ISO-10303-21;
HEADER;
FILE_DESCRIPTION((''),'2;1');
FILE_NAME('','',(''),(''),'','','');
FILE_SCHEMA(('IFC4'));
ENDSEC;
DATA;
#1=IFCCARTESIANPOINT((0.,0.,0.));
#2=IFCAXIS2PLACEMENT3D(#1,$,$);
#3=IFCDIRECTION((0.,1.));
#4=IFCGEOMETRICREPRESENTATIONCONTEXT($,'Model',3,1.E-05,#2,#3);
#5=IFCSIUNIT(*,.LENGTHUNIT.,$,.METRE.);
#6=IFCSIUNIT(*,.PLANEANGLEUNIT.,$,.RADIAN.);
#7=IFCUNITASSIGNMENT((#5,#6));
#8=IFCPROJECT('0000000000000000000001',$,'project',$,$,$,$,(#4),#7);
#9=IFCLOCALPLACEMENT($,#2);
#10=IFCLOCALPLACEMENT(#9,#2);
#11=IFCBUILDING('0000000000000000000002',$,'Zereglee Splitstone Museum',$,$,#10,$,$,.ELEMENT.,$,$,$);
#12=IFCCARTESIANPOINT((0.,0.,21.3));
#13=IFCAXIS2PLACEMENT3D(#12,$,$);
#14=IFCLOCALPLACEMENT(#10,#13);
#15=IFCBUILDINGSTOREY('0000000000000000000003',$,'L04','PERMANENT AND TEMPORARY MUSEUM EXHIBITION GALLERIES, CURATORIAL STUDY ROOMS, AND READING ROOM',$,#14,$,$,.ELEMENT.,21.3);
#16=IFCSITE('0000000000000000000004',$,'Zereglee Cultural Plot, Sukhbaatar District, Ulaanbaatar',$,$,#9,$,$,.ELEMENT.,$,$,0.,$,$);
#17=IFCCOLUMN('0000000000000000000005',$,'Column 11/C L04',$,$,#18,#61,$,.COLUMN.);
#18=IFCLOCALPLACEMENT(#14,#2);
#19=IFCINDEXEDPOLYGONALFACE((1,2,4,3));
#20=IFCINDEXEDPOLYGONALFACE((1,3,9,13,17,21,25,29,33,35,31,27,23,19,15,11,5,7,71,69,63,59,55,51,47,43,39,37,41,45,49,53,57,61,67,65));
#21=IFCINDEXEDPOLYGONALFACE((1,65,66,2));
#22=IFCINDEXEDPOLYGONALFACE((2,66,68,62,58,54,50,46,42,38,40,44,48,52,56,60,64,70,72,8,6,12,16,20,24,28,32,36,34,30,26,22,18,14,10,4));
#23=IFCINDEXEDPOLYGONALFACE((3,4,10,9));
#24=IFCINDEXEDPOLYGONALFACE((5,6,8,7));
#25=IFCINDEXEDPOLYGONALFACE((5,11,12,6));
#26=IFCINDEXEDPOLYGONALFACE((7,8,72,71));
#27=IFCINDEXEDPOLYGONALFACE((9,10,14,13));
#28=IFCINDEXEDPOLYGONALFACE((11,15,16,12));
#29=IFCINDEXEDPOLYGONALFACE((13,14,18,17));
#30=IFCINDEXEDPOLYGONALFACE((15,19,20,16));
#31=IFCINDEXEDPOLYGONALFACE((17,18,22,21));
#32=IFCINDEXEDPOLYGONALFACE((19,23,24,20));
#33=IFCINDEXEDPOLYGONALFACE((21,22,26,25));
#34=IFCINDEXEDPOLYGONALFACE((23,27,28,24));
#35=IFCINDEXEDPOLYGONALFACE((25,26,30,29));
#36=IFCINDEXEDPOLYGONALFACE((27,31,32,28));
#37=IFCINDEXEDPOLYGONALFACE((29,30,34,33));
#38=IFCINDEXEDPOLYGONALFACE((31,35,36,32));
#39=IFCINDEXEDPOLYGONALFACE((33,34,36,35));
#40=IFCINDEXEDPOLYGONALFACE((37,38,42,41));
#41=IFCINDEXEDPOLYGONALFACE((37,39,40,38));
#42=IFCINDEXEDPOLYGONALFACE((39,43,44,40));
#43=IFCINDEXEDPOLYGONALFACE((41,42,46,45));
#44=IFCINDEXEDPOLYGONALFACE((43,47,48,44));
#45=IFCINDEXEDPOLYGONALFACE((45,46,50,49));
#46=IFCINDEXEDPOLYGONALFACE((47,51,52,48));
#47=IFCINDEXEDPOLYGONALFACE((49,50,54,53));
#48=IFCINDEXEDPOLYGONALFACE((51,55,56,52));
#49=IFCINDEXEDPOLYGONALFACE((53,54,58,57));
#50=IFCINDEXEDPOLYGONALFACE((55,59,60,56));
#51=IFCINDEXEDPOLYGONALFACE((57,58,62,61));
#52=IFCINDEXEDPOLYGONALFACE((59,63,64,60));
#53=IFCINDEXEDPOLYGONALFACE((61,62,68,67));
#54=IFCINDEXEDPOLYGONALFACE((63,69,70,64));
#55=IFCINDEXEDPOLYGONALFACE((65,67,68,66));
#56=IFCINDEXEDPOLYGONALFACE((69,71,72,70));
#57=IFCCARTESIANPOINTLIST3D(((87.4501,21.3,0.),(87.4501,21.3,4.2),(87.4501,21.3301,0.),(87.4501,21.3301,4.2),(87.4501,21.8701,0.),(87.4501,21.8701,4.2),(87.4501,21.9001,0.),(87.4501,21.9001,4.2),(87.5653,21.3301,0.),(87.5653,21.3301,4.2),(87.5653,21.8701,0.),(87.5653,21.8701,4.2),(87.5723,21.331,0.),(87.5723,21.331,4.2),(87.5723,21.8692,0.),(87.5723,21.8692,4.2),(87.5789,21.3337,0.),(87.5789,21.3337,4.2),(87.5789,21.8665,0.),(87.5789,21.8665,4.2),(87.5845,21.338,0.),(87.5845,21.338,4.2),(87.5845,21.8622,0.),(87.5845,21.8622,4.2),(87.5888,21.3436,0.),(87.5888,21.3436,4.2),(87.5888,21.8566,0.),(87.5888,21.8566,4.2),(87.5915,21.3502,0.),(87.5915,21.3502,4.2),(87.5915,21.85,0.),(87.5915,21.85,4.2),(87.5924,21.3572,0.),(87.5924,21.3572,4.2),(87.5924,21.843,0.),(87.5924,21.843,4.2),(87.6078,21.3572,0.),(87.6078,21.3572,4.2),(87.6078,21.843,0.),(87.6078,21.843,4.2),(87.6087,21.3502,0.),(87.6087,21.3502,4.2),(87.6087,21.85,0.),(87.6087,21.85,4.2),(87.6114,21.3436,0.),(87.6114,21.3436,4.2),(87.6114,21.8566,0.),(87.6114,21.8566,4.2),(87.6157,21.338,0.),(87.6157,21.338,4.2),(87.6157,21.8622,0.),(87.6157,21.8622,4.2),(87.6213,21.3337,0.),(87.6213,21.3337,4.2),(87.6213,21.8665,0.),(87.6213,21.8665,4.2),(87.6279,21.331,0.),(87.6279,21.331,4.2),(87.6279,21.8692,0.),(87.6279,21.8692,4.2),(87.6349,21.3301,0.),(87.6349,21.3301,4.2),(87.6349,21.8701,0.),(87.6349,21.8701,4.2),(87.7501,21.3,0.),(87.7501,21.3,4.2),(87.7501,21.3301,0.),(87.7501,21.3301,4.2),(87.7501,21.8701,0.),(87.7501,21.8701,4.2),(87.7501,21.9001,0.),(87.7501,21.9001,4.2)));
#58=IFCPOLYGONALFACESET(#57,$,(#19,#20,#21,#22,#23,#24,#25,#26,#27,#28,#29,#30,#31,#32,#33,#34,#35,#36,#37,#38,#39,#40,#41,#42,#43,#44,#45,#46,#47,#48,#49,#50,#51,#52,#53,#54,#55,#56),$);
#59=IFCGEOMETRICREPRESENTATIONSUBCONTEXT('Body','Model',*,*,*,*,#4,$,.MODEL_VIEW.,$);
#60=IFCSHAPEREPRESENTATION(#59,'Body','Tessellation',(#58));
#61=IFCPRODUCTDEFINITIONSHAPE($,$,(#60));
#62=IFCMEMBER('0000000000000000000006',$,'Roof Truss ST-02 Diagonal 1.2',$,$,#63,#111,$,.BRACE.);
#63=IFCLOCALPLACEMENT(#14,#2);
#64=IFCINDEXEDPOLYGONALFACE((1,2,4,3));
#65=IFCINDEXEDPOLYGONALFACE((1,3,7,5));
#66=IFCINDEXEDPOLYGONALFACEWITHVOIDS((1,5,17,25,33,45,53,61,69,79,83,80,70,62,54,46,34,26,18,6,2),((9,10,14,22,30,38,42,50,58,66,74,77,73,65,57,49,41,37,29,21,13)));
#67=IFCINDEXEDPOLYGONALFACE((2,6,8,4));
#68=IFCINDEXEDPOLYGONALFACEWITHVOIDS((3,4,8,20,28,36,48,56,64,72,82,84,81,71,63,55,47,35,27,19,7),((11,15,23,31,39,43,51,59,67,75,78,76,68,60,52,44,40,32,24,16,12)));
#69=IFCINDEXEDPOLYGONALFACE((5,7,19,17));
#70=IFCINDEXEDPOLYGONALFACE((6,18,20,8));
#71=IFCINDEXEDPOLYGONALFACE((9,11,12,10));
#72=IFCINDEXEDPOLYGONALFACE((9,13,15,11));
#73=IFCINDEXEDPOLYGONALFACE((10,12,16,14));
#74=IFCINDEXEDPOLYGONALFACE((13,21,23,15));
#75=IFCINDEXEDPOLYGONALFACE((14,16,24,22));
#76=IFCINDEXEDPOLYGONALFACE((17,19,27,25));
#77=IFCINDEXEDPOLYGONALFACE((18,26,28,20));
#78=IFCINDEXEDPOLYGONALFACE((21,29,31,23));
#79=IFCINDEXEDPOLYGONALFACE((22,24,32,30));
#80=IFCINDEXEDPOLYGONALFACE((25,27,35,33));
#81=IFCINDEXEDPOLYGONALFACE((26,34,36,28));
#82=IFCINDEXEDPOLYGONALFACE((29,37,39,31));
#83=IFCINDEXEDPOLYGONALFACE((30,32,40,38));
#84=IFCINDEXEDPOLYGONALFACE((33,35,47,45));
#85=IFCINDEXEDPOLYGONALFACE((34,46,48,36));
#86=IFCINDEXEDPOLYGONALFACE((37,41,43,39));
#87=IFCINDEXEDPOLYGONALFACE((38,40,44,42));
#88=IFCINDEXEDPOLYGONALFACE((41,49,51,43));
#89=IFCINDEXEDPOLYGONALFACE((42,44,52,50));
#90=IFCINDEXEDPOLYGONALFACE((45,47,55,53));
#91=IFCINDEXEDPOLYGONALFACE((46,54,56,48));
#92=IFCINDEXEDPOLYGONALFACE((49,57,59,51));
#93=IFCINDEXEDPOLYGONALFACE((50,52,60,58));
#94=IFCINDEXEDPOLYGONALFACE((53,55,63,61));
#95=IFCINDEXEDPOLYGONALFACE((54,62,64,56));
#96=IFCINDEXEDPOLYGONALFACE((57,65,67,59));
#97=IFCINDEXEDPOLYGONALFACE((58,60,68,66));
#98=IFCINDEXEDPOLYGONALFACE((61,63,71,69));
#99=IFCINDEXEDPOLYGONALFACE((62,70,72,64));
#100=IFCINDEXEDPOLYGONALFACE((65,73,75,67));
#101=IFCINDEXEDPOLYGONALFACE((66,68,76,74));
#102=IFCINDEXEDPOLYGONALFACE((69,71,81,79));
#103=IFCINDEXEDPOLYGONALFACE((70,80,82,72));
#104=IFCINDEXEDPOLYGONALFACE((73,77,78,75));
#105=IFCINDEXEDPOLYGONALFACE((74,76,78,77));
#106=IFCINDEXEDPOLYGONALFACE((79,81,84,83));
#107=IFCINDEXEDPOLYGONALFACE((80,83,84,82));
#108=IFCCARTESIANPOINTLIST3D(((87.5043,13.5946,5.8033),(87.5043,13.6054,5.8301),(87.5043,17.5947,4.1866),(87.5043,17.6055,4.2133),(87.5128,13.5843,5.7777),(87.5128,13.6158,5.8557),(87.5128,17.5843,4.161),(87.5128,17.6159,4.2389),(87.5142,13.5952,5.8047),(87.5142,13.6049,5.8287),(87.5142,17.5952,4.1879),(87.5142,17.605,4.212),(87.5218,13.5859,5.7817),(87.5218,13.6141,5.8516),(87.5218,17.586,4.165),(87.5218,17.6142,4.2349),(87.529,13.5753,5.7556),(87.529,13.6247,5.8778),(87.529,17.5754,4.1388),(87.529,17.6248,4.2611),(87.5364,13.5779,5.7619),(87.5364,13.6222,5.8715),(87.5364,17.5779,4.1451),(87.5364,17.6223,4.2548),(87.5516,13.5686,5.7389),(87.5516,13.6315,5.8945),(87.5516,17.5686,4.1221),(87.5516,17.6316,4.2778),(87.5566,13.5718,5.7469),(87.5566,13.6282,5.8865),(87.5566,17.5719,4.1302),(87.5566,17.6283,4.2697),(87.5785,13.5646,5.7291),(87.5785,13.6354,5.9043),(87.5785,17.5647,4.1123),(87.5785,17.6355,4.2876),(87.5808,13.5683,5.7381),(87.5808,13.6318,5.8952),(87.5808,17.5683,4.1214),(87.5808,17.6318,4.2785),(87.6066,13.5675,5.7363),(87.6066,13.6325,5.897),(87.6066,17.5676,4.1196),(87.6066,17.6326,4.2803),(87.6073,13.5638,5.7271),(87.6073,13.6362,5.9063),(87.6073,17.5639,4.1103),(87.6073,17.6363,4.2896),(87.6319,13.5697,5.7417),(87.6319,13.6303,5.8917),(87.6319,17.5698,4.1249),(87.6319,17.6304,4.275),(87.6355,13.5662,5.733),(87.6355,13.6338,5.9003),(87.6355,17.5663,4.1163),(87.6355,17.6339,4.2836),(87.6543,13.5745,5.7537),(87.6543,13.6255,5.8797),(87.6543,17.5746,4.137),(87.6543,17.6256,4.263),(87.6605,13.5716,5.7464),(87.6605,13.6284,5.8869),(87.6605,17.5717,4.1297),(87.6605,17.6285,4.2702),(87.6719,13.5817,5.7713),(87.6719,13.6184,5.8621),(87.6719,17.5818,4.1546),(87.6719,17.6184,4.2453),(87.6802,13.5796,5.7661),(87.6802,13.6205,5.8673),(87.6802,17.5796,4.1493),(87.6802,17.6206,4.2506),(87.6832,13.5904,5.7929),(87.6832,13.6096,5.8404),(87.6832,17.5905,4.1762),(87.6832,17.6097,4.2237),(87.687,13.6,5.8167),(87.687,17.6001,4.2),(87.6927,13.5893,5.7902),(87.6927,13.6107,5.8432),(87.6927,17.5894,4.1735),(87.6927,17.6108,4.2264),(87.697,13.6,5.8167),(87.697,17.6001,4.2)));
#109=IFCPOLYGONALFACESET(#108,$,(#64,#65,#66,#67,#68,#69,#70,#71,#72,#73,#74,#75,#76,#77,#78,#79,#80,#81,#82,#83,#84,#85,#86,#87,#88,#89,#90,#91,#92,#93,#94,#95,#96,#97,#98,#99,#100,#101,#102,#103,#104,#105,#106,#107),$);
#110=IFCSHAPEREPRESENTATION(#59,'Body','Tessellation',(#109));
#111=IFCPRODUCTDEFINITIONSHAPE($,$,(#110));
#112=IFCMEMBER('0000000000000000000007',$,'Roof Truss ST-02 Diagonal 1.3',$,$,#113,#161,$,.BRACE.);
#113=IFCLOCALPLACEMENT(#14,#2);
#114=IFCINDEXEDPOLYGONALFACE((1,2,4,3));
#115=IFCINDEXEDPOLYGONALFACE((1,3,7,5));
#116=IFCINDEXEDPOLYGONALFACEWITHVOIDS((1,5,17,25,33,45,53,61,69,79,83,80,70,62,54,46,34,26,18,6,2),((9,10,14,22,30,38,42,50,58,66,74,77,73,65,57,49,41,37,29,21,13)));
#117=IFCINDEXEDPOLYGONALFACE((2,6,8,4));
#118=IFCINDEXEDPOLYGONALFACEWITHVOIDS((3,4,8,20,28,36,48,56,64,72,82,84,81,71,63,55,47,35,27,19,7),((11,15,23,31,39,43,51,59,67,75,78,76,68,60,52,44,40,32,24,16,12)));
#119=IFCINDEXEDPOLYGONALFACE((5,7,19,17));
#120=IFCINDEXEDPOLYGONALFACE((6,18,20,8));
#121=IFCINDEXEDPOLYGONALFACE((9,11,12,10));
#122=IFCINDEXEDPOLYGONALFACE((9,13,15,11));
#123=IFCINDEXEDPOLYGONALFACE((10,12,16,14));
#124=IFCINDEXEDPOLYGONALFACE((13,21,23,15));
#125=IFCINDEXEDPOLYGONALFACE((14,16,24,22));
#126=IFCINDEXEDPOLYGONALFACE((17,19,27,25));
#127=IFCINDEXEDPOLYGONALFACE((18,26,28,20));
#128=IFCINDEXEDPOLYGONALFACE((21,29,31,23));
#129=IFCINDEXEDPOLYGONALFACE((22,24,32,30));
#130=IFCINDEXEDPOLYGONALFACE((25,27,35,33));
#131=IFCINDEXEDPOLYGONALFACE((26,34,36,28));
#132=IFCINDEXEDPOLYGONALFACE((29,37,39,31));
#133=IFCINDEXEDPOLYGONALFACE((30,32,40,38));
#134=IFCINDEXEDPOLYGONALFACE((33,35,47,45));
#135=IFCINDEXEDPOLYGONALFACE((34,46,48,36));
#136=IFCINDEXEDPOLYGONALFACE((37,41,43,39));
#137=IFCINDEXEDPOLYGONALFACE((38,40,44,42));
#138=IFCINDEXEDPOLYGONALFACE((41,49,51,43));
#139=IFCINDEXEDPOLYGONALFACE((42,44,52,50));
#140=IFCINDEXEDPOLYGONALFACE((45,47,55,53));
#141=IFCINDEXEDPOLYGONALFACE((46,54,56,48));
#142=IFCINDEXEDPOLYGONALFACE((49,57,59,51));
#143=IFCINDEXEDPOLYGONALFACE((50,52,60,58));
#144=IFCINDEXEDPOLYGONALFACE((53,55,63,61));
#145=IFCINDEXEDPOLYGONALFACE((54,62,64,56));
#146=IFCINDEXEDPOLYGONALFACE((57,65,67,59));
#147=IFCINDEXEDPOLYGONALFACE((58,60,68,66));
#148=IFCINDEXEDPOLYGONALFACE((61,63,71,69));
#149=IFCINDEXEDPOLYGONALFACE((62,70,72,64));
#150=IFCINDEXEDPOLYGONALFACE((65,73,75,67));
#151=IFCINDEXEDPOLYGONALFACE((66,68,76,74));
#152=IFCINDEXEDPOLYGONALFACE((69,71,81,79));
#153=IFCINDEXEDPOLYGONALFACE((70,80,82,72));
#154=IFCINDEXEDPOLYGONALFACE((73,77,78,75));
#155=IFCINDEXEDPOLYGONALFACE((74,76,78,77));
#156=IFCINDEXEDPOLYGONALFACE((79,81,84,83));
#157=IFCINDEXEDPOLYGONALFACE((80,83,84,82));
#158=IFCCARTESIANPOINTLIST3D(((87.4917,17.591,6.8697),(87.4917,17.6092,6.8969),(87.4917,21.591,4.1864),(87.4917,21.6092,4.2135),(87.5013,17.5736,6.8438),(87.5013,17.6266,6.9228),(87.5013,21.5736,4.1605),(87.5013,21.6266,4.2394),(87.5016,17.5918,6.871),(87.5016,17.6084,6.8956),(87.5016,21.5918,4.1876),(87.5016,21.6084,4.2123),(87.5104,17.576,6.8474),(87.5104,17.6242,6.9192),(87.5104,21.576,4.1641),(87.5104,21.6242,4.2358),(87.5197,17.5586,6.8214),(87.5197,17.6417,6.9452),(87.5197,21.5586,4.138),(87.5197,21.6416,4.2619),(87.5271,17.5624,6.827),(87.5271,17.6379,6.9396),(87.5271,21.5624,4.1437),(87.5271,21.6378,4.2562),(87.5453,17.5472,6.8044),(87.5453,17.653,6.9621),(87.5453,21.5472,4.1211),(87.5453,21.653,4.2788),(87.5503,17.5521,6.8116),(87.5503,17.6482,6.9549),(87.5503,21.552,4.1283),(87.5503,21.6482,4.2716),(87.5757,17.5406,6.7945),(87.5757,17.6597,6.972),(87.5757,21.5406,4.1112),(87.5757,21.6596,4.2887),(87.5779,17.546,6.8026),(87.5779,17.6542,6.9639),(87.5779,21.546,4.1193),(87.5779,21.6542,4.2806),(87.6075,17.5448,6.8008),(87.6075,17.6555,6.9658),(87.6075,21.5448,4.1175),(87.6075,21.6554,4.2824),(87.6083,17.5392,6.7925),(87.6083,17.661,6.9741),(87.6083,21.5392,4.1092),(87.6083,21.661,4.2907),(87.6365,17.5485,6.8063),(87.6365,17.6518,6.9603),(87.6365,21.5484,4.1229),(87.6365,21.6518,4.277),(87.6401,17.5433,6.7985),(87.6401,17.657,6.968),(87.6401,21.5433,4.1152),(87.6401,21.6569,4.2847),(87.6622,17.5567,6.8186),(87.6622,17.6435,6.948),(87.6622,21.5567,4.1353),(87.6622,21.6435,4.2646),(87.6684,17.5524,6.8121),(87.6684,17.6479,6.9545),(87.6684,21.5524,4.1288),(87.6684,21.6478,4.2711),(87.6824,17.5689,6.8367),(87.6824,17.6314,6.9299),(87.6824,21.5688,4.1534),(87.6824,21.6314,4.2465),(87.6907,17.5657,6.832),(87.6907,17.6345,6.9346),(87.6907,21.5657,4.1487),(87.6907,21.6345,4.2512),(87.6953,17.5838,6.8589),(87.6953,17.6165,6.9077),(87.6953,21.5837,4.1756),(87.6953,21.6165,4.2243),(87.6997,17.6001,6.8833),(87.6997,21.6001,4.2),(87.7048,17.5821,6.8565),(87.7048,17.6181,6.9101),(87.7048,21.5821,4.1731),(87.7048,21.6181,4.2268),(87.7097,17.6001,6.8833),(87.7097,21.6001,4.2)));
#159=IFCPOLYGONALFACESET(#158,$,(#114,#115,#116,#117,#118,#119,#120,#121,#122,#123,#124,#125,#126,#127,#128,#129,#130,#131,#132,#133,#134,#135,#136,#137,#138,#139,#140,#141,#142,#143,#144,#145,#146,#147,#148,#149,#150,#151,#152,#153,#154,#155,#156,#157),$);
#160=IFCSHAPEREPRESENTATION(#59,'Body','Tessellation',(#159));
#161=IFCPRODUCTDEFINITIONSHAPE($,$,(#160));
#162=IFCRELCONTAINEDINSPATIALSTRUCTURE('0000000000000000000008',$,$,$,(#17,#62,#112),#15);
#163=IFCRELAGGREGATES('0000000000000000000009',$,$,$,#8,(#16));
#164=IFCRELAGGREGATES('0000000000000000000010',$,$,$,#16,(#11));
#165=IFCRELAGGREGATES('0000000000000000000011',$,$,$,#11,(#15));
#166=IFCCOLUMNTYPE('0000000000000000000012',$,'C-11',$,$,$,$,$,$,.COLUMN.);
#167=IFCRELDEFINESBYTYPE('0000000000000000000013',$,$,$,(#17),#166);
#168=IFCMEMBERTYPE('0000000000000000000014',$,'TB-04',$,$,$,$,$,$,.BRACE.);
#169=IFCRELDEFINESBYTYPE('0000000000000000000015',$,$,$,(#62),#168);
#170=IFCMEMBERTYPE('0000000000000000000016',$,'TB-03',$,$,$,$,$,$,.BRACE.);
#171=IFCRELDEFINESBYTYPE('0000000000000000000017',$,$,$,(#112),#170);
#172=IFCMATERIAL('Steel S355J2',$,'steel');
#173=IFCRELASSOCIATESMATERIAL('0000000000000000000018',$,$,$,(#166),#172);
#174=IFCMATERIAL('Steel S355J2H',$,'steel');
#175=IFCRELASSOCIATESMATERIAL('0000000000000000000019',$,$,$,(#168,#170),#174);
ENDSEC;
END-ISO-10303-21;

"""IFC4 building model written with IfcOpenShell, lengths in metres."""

from ifc_helpers import new_model, si_unit, direction, frame, origin, origin_2d, place, context, subcontext, project, spatial, hollow_circle, i_section, extrude, material, material_profile, profile_set, type_object, element, save


model = new_model("IFC4")

# Units and contexts
model_context = context("Model", 3, precision=1e-05, world=origin(), true_north=direction((0.0, 1.0)))
body_context = subcontext(model_context, "Body", "Model", "MODEL_VIEW")
ifc_project = project(units=[si_unit("LENGTHUNIT", "METRE"), si_unit("PLANEANGLEUNIT", "RADIAN")], contexts=[model_context])

# Site, building, storey
site_placement = place(None, origin())
site = spatial("IfcSite", under=ifc_project, at=site_placement, Name="Zereglee Cultural Plot, Sukhbaatar District, Ulaanbaatar", CompositionType="ELEMENT", RefElevation=0.0)
building_placement = place(site_placement, origin())
building = spatial("IfcBuilding", under=site, at=building_placement, Name="Zereglee Splitstone Museum", CompositionType="ELEMENT")
storey_placement = place(building_placement, frame((0.0, 0.0, 21.3)))
storey = spatial("IfcBuildingStorey", under=building, at=storey_placement, Name="L04", Description="PERMANENT AND TEMPORARY MUSEUM EXHIBITION GALLERIES, CURATORIAL STUDY ROOMS, AND READING ROOM", CompositionType="ELEMENT", Elevation=21.3)

# Column
ifc_material_1 = material(Name="Steel S355J2", Category="steel")
ifc_material_profile_1 = material_profile(ifc_material_1, i_section(OverallWidth=0.3, OverallDepth=0.6001, WebThickness=0.0154, FlangeThickness=0.03, FilletRadius=0.0271, at=origin_2d()), Name="HE 600 B")
ifc_profile_set_1 = profile_set([ifc_material_profile_1], Name="Steel S355J2")
column_type = type_object("IfcColumnType", Name="C-11", PredefinedType="COLUMN", material=ifc_profile_set_1)
column_placement = place(storey_placement, frame((87.6001, 21.6001, 0.0), z_axis=(0.0, 0.0, 1.0), x_axis=(1.0, 0.0, 0.0)))
element("IfcColumn", 1, at=column_placement, inside=storey, type_object=column_type, Name="Column 11/C L04", PredefinedType="COLUMN", context=body_context, shape_type="SweptSolid", body=[
    extrude(i_section(OverallWidth=0.3, OverallDepth=0.6001, WebThickness=0.0154, FlangeThickness=0.03, FilletRadius=0.0271, at=origin_2d()), origin(), (0.0, 0.0, 1.0), 4.2),
])

# Members
ifc_material_2 = material(Name="Steel S355J2H", Category="steel")
ifc_material_profile_2 = material_profile(ifc_material_2, hollow_circle(Radius=0.0969, WallThickness=0.01, at=origin_2d()), Name="CHS 193.7x10")
ifc_profile_set_2 = profile_set([ifc_material_profile_2], Name="Steel S355J2H")
member_type_1 = type_object("IfcMemberType", Name="TB-04", PredefinedType="BRACE", material=ifc_profile_set_2)
member_1_placement = place(storey_placement, frame((87.6001, 17.6001, 4.2), z_axis=(0.0, -0.927136, 0.374725), x_axis=(1.0, 0.0, 0.0)))
element("IfcMember", 2, at=member_1_placement, inside=storey, type_object=member_type_1, Name="Roof Truss ST-02 Diagonal 1.2", PredefinedType="BRACE", context=body_context, shape_type="SweptSolid", body=[
    extrude(hollow_circle(Radius=0.0969, WallThickness=0.01, at=origin_2d()), origin(), (0.0, 0.0, 1.0), 4.3145),
])
ifc_material_profile_3 = material_profile(ifc_material_2, hollow_circle(Radius=0.1096, WallThickness=0.01, at=origin_2d()), Name="CHS 219.1x10")
ifc_profile_set_3 = profile_set([ifc_material_profile_3], Name="Steel S355J2H")
member_type_2 = type_object("IfcMemberType", Name="TB-03", PredefinedType="BRACE", material=ifc_profile_set_3)
member_2_placement = place(storey_placement, frame((87.6001, 21.6001, 4.2), z_axis=(0.0, -0.830448, 0.557096), x_axis=(1.0, 0.0, 0.0)))
element("IfcMember", 3, at=member_2_placement, inside=storey, type_object=member_type_2, Name="Roof Truss ST-02 Diagonal 1.3", PredefinedType="BRACE", context=body_context, shape_type="SweptSolid", body=[
    extrude(hollow_circle(Radius=0.1096, WallThickness=0.01, at=origin_2d()), origin(), (0.0, 0.0, 1.0), 4.8167),
])

save(model, "model.ifc")
